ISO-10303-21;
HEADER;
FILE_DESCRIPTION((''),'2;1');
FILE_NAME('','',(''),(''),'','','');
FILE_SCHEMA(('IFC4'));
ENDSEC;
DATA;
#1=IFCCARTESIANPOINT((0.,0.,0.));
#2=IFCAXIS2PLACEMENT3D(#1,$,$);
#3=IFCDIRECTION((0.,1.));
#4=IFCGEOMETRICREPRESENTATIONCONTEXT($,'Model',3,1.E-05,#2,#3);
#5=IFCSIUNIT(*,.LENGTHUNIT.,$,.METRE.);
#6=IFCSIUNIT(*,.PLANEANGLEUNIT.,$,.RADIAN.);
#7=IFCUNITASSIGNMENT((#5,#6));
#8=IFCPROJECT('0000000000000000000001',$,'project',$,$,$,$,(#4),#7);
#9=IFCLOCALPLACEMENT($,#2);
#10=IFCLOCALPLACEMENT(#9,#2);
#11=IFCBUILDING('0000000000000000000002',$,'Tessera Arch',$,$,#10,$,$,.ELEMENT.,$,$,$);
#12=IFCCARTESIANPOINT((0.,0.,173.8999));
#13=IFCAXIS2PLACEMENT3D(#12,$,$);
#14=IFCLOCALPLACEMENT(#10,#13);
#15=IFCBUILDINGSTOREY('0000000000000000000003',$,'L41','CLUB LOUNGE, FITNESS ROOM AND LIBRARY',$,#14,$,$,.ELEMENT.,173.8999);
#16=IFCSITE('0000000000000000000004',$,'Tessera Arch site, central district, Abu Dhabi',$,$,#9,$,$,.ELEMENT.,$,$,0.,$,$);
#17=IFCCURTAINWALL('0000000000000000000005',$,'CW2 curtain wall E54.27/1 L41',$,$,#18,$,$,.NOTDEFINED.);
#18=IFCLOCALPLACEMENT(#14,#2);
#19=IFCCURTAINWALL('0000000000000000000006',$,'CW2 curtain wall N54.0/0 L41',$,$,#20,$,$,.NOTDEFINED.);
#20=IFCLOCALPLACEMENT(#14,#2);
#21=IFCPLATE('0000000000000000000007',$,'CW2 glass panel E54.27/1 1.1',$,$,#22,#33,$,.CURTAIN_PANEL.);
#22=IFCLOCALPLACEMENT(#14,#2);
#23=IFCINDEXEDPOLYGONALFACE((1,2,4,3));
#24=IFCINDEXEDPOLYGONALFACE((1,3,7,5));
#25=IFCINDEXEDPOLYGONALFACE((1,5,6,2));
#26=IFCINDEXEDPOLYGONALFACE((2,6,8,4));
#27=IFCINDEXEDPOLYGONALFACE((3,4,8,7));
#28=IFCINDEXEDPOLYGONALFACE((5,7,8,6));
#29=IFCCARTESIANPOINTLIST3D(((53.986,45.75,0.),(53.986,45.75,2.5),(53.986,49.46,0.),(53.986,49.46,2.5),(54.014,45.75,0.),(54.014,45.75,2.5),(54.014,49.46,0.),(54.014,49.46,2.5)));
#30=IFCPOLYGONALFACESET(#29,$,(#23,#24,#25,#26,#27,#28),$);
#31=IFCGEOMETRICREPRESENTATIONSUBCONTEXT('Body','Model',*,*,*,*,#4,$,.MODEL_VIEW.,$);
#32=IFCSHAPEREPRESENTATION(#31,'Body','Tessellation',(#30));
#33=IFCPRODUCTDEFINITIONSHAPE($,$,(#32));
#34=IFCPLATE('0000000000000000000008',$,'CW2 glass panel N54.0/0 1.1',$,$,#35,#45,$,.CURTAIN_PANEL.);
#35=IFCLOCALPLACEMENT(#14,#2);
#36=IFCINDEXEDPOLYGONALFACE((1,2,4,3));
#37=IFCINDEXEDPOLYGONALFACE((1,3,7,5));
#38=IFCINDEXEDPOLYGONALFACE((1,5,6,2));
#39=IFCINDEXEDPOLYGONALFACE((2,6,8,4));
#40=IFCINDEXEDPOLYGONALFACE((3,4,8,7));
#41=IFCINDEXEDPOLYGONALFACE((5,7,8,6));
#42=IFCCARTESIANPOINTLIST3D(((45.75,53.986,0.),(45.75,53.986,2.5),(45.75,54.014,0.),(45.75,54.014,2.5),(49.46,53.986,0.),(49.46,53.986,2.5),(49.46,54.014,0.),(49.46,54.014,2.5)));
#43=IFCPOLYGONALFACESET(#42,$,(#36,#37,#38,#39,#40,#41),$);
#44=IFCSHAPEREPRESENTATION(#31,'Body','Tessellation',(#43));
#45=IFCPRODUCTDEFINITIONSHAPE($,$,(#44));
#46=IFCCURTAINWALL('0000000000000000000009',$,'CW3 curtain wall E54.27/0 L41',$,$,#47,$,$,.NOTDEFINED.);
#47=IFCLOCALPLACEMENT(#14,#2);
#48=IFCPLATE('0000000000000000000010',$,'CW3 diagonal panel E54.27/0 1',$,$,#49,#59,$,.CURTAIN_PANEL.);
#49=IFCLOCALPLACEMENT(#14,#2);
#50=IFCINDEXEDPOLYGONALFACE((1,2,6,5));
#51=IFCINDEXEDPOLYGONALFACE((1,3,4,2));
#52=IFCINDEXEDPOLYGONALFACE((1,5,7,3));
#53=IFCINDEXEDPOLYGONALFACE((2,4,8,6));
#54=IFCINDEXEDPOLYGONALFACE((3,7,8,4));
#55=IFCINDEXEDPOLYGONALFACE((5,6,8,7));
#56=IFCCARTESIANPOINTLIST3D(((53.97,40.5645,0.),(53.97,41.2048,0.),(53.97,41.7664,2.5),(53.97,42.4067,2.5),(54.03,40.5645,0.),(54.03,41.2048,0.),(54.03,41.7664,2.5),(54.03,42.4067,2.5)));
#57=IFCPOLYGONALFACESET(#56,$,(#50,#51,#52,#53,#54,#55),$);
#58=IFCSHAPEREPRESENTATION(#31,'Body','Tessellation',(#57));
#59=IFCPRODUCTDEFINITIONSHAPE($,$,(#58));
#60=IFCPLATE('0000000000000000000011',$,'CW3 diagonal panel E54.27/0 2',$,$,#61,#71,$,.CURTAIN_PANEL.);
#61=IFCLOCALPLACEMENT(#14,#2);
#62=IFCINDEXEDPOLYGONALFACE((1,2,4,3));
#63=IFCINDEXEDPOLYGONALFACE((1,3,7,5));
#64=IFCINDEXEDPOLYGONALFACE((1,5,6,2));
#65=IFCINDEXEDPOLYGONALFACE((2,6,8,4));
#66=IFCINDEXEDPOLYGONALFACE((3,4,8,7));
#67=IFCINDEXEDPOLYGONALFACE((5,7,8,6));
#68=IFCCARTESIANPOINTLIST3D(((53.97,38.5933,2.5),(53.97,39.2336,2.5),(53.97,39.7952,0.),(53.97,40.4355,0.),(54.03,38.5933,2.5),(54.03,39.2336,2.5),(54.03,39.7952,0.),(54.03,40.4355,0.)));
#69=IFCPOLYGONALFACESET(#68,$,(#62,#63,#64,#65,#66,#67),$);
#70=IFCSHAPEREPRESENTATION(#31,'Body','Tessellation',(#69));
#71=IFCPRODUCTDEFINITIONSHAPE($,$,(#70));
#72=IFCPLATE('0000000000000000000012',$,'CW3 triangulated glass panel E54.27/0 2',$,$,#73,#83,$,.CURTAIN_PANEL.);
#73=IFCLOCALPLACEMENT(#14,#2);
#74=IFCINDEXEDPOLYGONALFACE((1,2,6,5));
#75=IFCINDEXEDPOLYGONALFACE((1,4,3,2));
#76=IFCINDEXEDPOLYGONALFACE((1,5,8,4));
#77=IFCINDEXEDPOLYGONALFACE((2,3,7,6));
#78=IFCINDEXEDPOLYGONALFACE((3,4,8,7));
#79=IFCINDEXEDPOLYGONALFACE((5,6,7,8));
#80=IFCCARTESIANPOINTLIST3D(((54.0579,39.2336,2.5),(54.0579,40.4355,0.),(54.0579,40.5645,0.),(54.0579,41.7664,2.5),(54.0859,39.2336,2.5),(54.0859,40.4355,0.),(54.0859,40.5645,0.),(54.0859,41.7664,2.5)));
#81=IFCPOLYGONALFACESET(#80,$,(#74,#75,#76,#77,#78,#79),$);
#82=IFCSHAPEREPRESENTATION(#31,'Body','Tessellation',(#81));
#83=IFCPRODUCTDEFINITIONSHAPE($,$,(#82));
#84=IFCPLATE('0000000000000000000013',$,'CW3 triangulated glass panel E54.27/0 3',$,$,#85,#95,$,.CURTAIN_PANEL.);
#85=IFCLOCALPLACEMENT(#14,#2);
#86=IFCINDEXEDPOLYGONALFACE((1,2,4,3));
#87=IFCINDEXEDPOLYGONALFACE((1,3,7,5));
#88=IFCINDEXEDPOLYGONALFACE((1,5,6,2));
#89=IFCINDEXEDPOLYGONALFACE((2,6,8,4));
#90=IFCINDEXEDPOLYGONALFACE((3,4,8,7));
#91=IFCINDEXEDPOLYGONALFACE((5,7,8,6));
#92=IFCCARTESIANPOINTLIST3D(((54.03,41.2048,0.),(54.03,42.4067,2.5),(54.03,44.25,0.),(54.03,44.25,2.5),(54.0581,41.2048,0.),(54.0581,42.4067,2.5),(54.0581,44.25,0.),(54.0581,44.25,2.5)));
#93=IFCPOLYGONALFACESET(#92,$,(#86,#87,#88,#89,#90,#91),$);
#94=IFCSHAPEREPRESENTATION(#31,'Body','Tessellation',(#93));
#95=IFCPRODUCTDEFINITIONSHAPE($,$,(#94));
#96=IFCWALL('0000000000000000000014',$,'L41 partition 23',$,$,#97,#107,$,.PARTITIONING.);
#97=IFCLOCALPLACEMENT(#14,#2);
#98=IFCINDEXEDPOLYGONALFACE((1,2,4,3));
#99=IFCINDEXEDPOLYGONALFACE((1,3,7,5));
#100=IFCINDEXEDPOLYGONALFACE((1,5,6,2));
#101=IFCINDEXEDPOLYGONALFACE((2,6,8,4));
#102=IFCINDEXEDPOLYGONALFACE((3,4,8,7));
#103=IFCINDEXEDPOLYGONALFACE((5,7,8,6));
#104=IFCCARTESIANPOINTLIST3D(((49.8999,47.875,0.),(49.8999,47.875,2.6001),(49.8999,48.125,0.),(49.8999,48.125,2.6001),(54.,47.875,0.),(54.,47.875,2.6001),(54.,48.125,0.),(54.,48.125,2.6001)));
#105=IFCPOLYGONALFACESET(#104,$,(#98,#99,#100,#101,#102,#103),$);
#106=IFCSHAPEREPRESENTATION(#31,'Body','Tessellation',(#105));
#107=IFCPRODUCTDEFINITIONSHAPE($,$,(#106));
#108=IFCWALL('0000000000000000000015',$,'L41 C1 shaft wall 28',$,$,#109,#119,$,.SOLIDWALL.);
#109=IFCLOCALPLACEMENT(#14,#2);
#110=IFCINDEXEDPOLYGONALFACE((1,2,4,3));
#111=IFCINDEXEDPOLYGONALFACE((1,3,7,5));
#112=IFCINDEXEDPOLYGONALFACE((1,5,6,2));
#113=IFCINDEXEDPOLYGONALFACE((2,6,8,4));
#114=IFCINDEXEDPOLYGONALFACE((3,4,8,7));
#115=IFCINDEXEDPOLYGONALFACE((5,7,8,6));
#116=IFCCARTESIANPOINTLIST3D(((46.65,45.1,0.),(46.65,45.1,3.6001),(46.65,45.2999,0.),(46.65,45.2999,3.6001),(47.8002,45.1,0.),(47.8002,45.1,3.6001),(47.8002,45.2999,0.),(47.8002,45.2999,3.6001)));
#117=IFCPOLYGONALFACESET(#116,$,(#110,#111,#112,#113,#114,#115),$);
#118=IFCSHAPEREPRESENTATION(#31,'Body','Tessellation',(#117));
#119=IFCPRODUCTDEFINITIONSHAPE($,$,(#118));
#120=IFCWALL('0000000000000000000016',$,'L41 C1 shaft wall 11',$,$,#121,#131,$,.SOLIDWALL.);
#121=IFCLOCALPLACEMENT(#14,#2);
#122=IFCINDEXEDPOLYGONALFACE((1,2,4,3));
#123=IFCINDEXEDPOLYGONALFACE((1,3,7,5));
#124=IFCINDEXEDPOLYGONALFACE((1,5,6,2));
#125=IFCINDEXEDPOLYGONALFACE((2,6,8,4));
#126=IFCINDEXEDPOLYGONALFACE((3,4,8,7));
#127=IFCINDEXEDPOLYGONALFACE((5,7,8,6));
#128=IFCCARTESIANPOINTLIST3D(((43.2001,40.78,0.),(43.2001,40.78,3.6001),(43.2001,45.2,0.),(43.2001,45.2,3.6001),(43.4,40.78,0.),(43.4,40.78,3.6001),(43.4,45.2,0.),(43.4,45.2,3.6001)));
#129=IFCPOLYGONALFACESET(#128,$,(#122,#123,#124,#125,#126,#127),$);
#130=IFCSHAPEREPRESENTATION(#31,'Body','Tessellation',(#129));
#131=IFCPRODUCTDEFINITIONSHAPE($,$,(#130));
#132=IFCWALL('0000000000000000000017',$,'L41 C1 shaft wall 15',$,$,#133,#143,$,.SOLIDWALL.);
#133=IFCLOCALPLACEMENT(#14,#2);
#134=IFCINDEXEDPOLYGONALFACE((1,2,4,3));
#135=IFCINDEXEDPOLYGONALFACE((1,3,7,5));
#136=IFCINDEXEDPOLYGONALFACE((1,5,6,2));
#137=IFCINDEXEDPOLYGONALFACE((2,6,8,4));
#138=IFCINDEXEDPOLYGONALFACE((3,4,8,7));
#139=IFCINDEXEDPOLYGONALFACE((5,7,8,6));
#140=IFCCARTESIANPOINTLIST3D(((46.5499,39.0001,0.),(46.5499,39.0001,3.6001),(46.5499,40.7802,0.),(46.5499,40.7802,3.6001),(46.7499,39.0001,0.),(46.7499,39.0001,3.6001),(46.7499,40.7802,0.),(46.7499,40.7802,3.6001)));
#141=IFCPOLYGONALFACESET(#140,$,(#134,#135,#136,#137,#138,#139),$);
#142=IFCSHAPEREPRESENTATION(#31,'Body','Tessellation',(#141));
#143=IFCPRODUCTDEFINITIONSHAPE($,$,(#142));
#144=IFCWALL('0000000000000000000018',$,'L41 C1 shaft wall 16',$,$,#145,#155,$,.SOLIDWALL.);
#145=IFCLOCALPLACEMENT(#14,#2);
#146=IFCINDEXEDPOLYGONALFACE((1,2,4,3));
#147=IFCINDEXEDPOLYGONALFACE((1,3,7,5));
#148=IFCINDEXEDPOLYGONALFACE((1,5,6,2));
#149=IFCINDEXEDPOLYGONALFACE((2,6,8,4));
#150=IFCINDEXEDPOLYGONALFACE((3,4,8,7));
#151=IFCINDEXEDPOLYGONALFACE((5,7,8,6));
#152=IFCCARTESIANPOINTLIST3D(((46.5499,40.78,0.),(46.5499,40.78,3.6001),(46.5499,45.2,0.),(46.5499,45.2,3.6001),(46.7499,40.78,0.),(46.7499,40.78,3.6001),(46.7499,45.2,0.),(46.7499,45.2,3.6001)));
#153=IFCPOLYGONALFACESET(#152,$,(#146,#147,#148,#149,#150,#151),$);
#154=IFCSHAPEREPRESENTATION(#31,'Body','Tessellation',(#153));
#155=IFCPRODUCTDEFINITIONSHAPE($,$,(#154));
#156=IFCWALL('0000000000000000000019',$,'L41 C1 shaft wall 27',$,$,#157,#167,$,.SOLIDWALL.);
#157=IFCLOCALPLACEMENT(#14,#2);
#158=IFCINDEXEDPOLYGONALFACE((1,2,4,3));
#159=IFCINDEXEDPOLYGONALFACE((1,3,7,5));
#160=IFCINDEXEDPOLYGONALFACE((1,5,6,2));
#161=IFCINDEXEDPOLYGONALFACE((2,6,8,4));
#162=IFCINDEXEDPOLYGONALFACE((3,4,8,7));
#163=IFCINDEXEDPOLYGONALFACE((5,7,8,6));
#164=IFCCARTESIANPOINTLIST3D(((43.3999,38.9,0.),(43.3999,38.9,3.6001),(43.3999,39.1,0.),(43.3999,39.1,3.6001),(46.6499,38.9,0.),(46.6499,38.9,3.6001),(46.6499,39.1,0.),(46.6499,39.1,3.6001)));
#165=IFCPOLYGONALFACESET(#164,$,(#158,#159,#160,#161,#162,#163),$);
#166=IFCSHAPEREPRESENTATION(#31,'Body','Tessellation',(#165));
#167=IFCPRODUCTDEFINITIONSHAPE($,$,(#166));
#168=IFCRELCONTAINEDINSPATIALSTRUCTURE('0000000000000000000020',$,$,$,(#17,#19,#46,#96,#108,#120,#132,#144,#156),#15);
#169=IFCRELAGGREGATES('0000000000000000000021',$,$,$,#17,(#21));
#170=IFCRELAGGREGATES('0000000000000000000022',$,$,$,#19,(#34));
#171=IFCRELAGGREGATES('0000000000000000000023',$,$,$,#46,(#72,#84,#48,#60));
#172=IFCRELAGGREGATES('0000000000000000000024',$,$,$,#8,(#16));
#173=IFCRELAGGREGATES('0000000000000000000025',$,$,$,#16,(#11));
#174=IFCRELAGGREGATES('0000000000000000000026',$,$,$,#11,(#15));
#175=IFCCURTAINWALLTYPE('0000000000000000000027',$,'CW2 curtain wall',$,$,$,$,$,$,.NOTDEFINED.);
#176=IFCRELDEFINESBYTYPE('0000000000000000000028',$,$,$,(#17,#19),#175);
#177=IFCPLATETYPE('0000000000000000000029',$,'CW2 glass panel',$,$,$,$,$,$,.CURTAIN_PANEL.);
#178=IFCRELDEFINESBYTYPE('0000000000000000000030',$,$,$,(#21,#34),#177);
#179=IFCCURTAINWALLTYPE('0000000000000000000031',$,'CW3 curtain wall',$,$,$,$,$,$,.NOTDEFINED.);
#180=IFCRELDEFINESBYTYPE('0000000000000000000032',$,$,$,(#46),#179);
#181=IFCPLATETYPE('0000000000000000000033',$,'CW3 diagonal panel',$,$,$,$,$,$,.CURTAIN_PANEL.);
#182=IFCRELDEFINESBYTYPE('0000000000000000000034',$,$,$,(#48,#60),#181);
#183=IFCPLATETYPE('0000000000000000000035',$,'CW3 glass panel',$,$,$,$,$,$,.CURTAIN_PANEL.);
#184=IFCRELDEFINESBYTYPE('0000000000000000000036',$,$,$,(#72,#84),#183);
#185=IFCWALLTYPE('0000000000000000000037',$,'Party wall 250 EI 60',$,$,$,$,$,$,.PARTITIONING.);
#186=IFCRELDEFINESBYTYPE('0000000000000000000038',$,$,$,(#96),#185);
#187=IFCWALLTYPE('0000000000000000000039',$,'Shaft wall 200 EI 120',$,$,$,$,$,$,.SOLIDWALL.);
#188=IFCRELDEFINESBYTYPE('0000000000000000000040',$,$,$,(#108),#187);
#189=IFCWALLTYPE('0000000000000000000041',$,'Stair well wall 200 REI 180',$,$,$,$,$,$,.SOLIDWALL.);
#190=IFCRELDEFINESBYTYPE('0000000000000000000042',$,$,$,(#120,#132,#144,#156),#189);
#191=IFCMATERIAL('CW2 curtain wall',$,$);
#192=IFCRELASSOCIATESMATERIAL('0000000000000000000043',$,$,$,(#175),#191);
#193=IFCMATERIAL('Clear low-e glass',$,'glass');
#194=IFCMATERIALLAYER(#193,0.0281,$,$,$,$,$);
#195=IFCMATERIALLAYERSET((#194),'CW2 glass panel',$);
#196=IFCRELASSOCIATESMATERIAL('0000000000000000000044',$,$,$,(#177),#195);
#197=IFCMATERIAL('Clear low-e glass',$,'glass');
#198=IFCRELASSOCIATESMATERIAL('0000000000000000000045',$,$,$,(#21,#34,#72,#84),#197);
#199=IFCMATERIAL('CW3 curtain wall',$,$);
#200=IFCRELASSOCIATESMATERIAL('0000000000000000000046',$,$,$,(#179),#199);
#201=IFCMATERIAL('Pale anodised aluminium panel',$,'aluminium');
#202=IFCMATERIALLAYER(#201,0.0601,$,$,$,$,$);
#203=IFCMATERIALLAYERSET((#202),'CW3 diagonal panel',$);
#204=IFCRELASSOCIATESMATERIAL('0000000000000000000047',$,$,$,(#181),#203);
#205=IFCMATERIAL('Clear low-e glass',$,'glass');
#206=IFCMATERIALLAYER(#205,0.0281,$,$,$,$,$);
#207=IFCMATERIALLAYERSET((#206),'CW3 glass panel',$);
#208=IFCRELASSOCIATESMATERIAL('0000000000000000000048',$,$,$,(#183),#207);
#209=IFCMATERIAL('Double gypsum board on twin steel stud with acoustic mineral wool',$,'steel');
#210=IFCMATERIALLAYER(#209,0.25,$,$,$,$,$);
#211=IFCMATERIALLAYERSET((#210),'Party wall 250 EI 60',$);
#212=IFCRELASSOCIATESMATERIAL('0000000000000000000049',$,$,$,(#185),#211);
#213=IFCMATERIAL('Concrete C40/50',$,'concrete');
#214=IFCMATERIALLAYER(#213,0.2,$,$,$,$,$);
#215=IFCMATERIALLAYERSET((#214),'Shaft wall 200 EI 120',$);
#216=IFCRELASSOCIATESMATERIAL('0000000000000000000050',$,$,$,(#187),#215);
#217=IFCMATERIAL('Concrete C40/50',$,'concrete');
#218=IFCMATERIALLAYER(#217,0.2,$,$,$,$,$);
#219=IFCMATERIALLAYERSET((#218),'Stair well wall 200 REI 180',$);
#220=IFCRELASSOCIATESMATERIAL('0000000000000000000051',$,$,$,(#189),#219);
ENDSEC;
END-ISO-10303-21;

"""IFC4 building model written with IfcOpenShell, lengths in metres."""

from ifc_helpers import new_model, si_unit, direction, frame, frame_2d, origin, origin_2d, place, context, subcontext, project, spatial, polyline, rectangle, outline, extrude, material, layer, layer_set, type_object, element, aggregate, save


model = new_model("IFC4")

# Units and contexts
model_context = context("Model", 3, precision=1e-05, world=origin(), true_north=direction((0.0, 1.0)))
body_context = subcontext(model_context, "Body", "Model", "MODEL_VIEW")
ifc_project = project(units=[si_unit("LENGTHUNIT", "METRE"), si_unit("PLANEANGLEUNIT", "RADIAN")], contexts=[model_context])

# Site, building, storey
site_placement = place(None, origin())
site = spatial("IfcSite", under=ifc_project, at=site_placement, Name="Tessera Arch site, central district, Abu Dhabi", CompositionType="ELEMENT", RefElevation=0.0)
building_placement = place(site_placement, origin())
building = spatial("IfcBuilding", under=site, at=building_placement, Name="Tessera Arch", CompositionType="ELEMENT")
storey_placement = place(building_placement, frame((0.0, 0.0, 173.8999)))
storey = spatial("IfcBuildingStorey", under=building, at=storey_placement, Name="L41", Description="CLUB LOUNGE, FITNESS ROOM AND LIBRARY", CompositionType="ELEMENT", Elevation=173.8999)

# Curtain walls
ifc_material_1 = material(Name="CW2 curtain wall")
curtain_wall_type_1 = type_object("IfcCurtainWallType", Name="CW2 curtain wall", PredefinedType="NOTDEFINED", material=ifc_material_1)
curtain_wall_1_placement = place(storey_placement, origin())
curtain_wall_1 = element("IfcCurtainWall", 1, at=curtain_wall_1_placement, inside=storey, type_object=curtain_wall_type_1, Name="CW2 curtain wall E54.27/1 L41", PredefinedType="NOTDEFINED")
curtain_wall_2_placement = place(storey_placement, origin())
curtain_wall_2 = element("IfcCurtainWall", 2, at=curtain_wall_2_placement, inside=storey, type_object=curtain_wall_type_1, Name="CW2 curtain wall N54.0/0 L41", PredefinedType="NOTDEFINED")

# Plates
ifc_material_2 = material(Name="Clear low-e glass", Category="glass")
ifc_material_3 = material(Name="Clear low-e glass", Category="glass")
ifc_layer_1 = layer(ifc_material_3, 0.0281)
ifc_layer_set_1 = layer_set([ifc_layer_1], Name="CW2 glass panel")
plate_type_1 = type_object("IfcPlateType", Name="CW2 glass panel", PredefinedType="CURTAIN_PANEL", material=ifc_layer_set_1)
plate_1_placement = place(storey_placement, frame((54.0, 47.605, 0.0), z_axis=(0.0, 0.0, 1.0), x_axis=(0.0, 1.0, 0.0)))
plate_1 = element("IfcPlate", 3, at=plate_1_placement, type_object=plate_type_1, material=ifc_material_2, Name="CW2 glass panel E54.27/1 1.1", PredefinedType="CURTAIN_PANEL", context=body_context, shape_type="SweptSolid", body=[
    extrude(rectangle(XDim=3.71, YDim=0.0281, at=origin_2d()), origin(), (0.0, 0.0, 1.0), 2.5),
])
aggregate(curtain_wall_1, [plate_1])
plate_2_placement = place(storey_placement, frame((47.605, 54.0, 0.0), z_axis=(0.0, 0.0, 1.0), x_axis=(-1.0, 0.0, 0.0)))
plate_2 = element("IfcPlate", 4, at=plate_2_placement, type_object=plate_type_1, material=ifc_material_2, Name="CW2 glass panel N54.0/0 1.1", PredefinedType="CURTAIN_PANEL", context=body_context, shape_type="SweptSolid", body=[
    extrude(rectangle(XDim=3.71, YDim=0.0281, at=origin_2d()), origin(), (0.0, 0.0, 1.0), 2.5),
])
aggregate(curtain_wall_2, [plate_2])

# Curtain wall, plates
ifc_material_4 = material(Name="CW3 curtain wall")
curtain_wall_type_2 = type_object("IfcCurtainWallType", Name="CW3 curtain wall", PredefinedType="NOTDEFINED", material=ifc_material_4)
curtain_wall_3_placement = place(storey_placement, origin())
curtain_wall_3 = element("IfcCurtainWall", 5, at=curtain_wall_3_placement, inside=storey, type_object=curtain_wall_type_2, Name="CW3 curtain wall E54.27/0 L41", PredefinedType="NOTDEFINED")
ifc_material_5 = material(Name="Pale anodised aluminium panel", Category="aluminium")
ifc_layer_2 = layer(ifc_material_5, 0.0601)
ifc_layer_set_2 = layer_set([ifc_layer_2], Name="CW3 diagonal panel")
plate_type_2 = type_object("IfcPlateType", Name="CW3 diagonal panel", PredefinedType="CURTAIN_PANEL", material=ifc_layer_set_2)
plate_3_placement = place(storey_placement, frame((54.03, 42.4067, 2.5), z_axis=(1.0, 0.0, 0.0), x_axis=(0.0, -1.0, 0.0)))
plate_3 = element("IfcPlate", 6, at=plate_3_placement, type_object=plate_type_2, Name="CW3 diagonal panel E54.27/0 1", PredefinedType="CURTAIN_PANEL", context=body_context, shape_type="SweptSolid", body=[
    extrude(outline(polyline([(0.0, 0.0), (0.6404, 0.0), (1.8423, 2.5), (1.2019, 2.5), (0.0, 0.0)])), origin(), (0.0, 0.0, -1.0), 0.0601),
])
plate_4_placement = place(storey_placement, frame((54.03, 39.2336, 2.5), z_axis=(1.0, 0.0, 0.0), x_axis=(0.0, -1.0, 0.0)))
plate_4 = element("IfcPlate", 7, at=plate_4_placement, type_object=plate_type_2, Name="CW3 diagonal panel E54.27/0 2", PredefinedType="CURTAIN_PANEL", context=body_context, shape_type="SweptSolid", body=[
    extrude(outline(polyline([(0.0, 0.0), (0.6404, 0.0), (-0.5615, 2.5), (-1.2019, 2.5), (0.0, 0.0)])), origin(), (0.0, 0.0, -1.0), 0.0601),
])
ifc_material_6 = material(Name="Clear low-e glass", Category="glass")
ifc_layer_3 = layer(ifc_material_6, 0.0281)
ifc_layer_set_3 = layer_set([ifc_layer_3], Name="CW3 glass panel")
plate_type_3 = type_object("IfcPlateType", Name="CW3 glass panel", PredefinedType="CURTAIN_PANEL", material=ifc_layer_set_3)
plate_5_placement = place(storey_placement, frame((54.0859, 41.7664, 2.5), z_axis=(1.0, 0.0, 0.0), x_axis=(0.0, -1.0, 0.0)))
plate_5 = element("IfcPlate", 8, at=plate_5_placement, type_object=plate_type_3, material=ifc_material_2, Name="CW3 triangulated glass panel E54.27/0 2", PredefinedType="CURTAIN_PANEL", context=body_context, shape_type="SweptSolid", body=[
    extrude(outline(polyline([(0.0, 0.0), (2.5327, 0.0), (1.3308, 2.5), (1.2019, 2.5), (0.0, 0.0)])), origin(), (0.0, 0.0, -1.0), 0.0281),
])
plate_6_placement = place(storey_placement, frame((54.0581, 44.25, 2.5), z_axis=(1.0, 0.0, 0.0), x_axis=(0.0, -1.0, 0.0)))
plate_6 = element("IfcPlate", 9, at=plate_6_placement, type_object=plate_type_3, material=ifc_material_2, Name="CW3 triangulated glass panel E54.27/0 3", PredefinedType="CURTAIN_PANEL", context=body_context, shape_type="SweptSolid", body=[
    extrude(outline(polyline([(0.0, 0.0), (1.8433, 0.0), (3.0452, 2.5), (0.0, 2.5), (0.0, 0.0)])), origin(), (0.0, 0.0, -1.0), 0.0281),
])
aggregate(curtain_wall_3, [plate_5, plate_6, plate_3, plate_4])

# Walls
ifc_material_7 = material(Name="Double gypsum board on twin steel stud with acoustic mineral wool", Category="steel")
ifc_layer_4 = layer(ifc_material_7, 0.25)
ifc_layer_set_4 = layer_set([ifc_layer_4], Name="Party wall 250 EI 60")
wall_type_1 = type_object("IfcWallType", Name="Party wall 250 EI 60", PredefinedType="PARTITIONING", material=ifc_layer_set_4)
wall_1_placement = place(storey_placement, frame((49.8999, 48.0, 0.0), z_axis=(0.0, 0.0, 1.0), x_axis=(1.0, 0.0, 0.0)))
element("IfcWall", 10, at=wall_1_placement, inside=storey, type_object=wall_type_1, Name="L41 partition 23", PredefinedType="PARTITIONING", context=body_context, shape_type="SweptSolid", body=[
    extrude(rectangle(XDim=4.1001, YDim=0.25, at=frame_2d((2.05, 0.0))), origin(), (0.0, 0.0, 1.0), 2.6001),
])
ifc_material_8 = material(Name="Concrete C40/50", Category="concrete")
ifc_layer_5 = layer(ifc_material_8, 0.2)
ifc_layer_set_5 = layer_set([ifc_layer_5], Name="Shaft wall 200 EI 120")
wall_type_2 = type_object("IfcWallType", Name="Shaft wall 200 EI 120", PredefinedType="SOLIDWALL", material=ifc_layer_set_5)
wall_2_placement = place(storey_placement, frame((46.6499, 45.2, 0.0), z_axis=(0.0, 0.0, 1.0), x_axis=(1.0, 0.0, 0.0)))
element("IfcWall", 11, at=wall_2_placement, inside=storey, type_object=wall_type_2, Name="L41 C1 shaft wall 28", PredefinedType="SOLIDWALL", context=body_context, shape_type="SweptSolid", body=[
    extrude(rectangle(XDim=1.1501, YDim=0.2, at=frame_2d((0.5752, 0.0))), origin(), (0.0, 0.0, 1.0), 3.6001),
])
ifc_material_9 = material(Name="Concrete C40/50", Category="concrete")
ifc_layer_6 = layer(ifc_material_9, 0.2)
ifc_layer_set_6 = layer_set([ifc_layer_6], Name="Stair well wall 200 REI 180")
wall_type_3 = type_object("IfcWallType", Name="Stair well wall 200 REI 180", PredefinedType="SOLIDWALL", material=ifc_layer_set_6)
wall_3_placement = place(storey_placement, frame((43.3, 40.78, 0.0), z_axis=(0.0, 0.0, 1.0), x_axis=(0.0, 1.0, 0.0)))
element("IfcWall", 12, at=wall_3_placement, inside=storey, type_object=wall_type_3, Name="L41 C1 shaft wall 11", PredefinedType="SOLIDWALL", context=body_context, shape_type="SweptSolid", body=[
    extrude(rectangle(XDim=4.4199, YDim=0.2, at=frame_2d((2.21, 0.0))), origin(), (0.0, 0.0, 1.0), 3.6001),
])
wall_4_placement = place(storey_placement, frame((46.6499, 39.0, 0.0), z_axis=(0.0, 0.0, 1.0), x_axis=(0.0, 1.0, 0.0)))
element("IfcWall", 13, at=wall_4_placement, inside=storey, type_object=wall_type_3, Name="L41 C1 shaft wall 15", PredefinedType="SOLIDWALL", context=body_context, shape_type="SweptSolid", body=[
    extrude(rectangle(XDim=1.78, YDim=0.2, at=frame_2d((0.8901, 0.0))), origin(), (0.0, 0.0, 1.0), 3.6001),
])
wall_5_placement = place(storey_placement, frame((46.6499, 40.78, 0.0), z_axis=(0.0, 0.0, 1.0), x_axis=(0.0, 1.0, 0.0)))
element("IfcWall", 14, at=wall_5_placement, inside=storey, type_object=wall_type_3, Name="L41 C1 shaft wall 16", PredefinedType="SOLIDWALL", context=body_context, shape_type="SweptSolid", body=[
    extrude(rectangle(XDim=4.4199, YDim=0.2, at=frame_2d((2.21, 0.0))), origin(), (0.0, 0.0, 1.0), 3.6001),
])
wall_6_placement = place(storey_placement, frame((43.3999, 39.0, 0.0), z_axis=(0.0, 0.0, 1.0), x_axis=(1.0, 0.0, 0.0)))
element("IfcWall", 15, at=wall_6_placement, inside=storey, type_object=wall_type_3, Name="L41 C1 shaft wall 27", PredefinedType="SOLIDWALL", context=body_context, shape_type="SweptSolid", body=[
    extrude(rectangle(XDim=3.25, YDim=0.2, at=frame_2d((1.625, 0.0))), origin(), (0.0, 0.0, 1.0), 3.6001),
])

save(model, "model.ifc")
